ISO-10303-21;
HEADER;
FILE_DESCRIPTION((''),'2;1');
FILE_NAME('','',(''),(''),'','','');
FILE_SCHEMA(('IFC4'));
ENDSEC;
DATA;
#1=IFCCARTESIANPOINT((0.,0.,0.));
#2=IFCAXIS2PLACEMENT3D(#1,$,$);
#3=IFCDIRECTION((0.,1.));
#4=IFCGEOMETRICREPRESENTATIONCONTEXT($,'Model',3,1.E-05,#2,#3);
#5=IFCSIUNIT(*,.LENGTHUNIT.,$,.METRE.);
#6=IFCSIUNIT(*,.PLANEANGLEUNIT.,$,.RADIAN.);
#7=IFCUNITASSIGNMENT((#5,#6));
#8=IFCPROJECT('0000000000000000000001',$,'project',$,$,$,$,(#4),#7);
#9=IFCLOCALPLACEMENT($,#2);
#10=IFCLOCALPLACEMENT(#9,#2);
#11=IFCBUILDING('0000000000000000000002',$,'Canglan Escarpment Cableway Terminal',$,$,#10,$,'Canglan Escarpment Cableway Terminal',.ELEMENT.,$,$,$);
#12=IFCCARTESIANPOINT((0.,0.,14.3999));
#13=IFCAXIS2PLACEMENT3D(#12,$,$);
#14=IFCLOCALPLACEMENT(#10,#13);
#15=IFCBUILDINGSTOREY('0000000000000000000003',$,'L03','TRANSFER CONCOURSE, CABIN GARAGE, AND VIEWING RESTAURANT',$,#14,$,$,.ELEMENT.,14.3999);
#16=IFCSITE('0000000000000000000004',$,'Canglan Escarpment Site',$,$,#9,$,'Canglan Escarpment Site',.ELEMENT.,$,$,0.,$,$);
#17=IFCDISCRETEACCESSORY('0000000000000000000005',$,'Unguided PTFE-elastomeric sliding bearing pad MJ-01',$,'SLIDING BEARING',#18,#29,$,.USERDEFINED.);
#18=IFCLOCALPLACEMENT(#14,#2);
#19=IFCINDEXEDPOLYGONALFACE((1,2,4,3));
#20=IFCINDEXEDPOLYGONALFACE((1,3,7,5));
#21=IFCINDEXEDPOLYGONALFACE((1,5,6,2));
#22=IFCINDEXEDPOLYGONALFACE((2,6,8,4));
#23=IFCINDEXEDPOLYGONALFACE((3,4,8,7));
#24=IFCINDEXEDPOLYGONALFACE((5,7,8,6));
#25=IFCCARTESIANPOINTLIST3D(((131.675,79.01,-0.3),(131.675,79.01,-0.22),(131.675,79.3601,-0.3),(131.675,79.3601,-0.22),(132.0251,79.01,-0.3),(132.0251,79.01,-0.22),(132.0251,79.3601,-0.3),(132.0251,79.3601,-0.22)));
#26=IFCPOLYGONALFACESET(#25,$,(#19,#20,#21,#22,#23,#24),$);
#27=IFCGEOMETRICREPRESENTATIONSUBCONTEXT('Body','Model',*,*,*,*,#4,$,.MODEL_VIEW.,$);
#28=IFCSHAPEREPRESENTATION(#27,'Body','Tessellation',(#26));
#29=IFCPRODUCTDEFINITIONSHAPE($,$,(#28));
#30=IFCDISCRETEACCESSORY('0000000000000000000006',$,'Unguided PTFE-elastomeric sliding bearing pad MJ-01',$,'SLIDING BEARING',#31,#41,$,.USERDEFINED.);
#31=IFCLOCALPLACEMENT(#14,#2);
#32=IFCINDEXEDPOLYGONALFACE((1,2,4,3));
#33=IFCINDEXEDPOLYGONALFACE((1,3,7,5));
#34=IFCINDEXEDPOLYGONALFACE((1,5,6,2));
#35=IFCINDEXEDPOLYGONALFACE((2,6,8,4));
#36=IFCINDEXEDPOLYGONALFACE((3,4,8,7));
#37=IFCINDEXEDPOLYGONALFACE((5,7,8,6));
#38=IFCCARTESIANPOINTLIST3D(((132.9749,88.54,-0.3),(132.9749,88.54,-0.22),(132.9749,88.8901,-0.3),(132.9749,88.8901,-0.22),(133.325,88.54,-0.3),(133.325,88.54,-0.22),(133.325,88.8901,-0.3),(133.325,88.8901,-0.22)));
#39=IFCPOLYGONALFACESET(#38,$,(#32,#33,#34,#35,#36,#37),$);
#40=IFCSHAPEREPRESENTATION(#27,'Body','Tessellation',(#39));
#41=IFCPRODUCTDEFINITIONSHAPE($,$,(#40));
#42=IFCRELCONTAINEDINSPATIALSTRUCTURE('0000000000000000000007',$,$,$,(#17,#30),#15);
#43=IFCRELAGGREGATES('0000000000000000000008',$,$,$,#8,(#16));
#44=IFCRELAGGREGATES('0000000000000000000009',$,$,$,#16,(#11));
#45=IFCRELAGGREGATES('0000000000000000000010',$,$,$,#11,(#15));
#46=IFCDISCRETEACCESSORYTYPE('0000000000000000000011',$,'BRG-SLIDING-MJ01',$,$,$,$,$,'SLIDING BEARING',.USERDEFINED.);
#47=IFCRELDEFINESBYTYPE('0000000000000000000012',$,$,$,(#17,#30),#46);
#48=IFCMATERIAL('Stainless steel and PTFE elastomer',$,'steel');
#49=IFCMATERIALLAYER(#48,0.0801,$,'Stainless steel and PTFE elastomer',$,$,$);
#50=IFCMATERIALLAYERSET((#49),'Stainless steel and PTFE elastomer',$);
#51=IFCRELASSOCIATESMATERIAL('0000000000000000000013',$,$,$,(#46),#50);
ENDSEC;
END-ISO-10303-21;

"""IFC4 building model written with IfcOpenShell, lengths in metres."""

from ifc_helpers import new_model, si_unit, direction, frame, origin, origin_2d, place, context, subcontext, project, spatial, rectangle, extrude, material, layer, layer_set, type_object, element, save


model = new_model("IFC4")

# Units and contexts
model_context = context("Model", 3, precision=1e-05, world=origin(), true_north=direction((0.0, 1.0)))
body_context = subcontext(model_context, "Body", "Model", "MODEL_VIEW")
ifc_project = project(units=[si_unit("LENGTHUNIT", "METRE"), si_unit("PLANEANGLEUNIT", "RADIAN")], contexts=[model_context])

# Site, building, storey
site_placement = place(None, origin())
site = spatial("IfcSite", under=ifc_project, at=site_placement, Name="Canglan Escarpment Site", LongName="Canglan Escarpment Site", CompositionType="ELEMENT", RefElevation=0.0)
building_placement = place(site_placement, origin())
building = spatial("IfcBuilding", under=site, at=building_placement, Name="Canglan Escarpment Cableway Terminal", LongName="Canglan Escarpment Cableway Terminal", CompositionType="ELEMENT")
storey_placement = place(building_placement, frame((0.0, 0.0, 14.3999)))
storey = spatial("IfcBuildingStorey", under=building, at=storey_placement, Name="L03", Description="TRANSFER CONCOURSE, CABIN GARAGE, AND VIEWING RESTAURANT", CompositionType="ELEMENT", Elevation=14.3999)

# Discrete accessories
ifc_material_1 = material(Name="Stainless steel and PTFE elastomer", Category="steel")
ifc_layer_1 = layer(ifc_material_1, 0.0801, Name="Stainless steel and PTFE elastomer")
ifc_layer_set_1 = layer_set([ifc_layer_1], Name="Stainless steel and PTFE elastomer")
discrete_accessory_type_1 = type_object("IfcDiscreteAccessoryType", Name="BRG-SLIDING-MJ01", ElementType="SLIDING BEARING", PredefinedType="USERDEFINED", material=ifc_layer_set_1)
for number, where, z_axis, x_axis, name in (
    (1, (131.8501, 79.1851, -0.3), (0.0, 0.0, 1.0), (1.0, 0.0, 0.0), "Unguided PTFE-elastomeric sliding bearing pad MJ-01"),
    (2, (133.1499, 88.7151, -0.3), (0.0, 0.0, 1.0), (1.0, 0.0, 0.0), "Unguided PTFE-elastomeric sliding bearing pad MJ-01"),
):
    element("IfcDiscreteAccessory", number, at=place(storey_placement, frame(where, z_axis=z_axis, x_axis=x_axis)), inside=storey, type_object=discrete_accessory_type_1, Name=name, ObjectType="SLIDING BEARING", PredefinedType="USERDEFINED", context=body_context, shape_type="SweptSolid", body=[
        extrude(rectangle(XDim=0.3501, YDim=0.3501, at=origin_2d()), origin(), (0.0, 0.0, 1.0), 0.0801),
    ])

save(model, "model.ifc")
